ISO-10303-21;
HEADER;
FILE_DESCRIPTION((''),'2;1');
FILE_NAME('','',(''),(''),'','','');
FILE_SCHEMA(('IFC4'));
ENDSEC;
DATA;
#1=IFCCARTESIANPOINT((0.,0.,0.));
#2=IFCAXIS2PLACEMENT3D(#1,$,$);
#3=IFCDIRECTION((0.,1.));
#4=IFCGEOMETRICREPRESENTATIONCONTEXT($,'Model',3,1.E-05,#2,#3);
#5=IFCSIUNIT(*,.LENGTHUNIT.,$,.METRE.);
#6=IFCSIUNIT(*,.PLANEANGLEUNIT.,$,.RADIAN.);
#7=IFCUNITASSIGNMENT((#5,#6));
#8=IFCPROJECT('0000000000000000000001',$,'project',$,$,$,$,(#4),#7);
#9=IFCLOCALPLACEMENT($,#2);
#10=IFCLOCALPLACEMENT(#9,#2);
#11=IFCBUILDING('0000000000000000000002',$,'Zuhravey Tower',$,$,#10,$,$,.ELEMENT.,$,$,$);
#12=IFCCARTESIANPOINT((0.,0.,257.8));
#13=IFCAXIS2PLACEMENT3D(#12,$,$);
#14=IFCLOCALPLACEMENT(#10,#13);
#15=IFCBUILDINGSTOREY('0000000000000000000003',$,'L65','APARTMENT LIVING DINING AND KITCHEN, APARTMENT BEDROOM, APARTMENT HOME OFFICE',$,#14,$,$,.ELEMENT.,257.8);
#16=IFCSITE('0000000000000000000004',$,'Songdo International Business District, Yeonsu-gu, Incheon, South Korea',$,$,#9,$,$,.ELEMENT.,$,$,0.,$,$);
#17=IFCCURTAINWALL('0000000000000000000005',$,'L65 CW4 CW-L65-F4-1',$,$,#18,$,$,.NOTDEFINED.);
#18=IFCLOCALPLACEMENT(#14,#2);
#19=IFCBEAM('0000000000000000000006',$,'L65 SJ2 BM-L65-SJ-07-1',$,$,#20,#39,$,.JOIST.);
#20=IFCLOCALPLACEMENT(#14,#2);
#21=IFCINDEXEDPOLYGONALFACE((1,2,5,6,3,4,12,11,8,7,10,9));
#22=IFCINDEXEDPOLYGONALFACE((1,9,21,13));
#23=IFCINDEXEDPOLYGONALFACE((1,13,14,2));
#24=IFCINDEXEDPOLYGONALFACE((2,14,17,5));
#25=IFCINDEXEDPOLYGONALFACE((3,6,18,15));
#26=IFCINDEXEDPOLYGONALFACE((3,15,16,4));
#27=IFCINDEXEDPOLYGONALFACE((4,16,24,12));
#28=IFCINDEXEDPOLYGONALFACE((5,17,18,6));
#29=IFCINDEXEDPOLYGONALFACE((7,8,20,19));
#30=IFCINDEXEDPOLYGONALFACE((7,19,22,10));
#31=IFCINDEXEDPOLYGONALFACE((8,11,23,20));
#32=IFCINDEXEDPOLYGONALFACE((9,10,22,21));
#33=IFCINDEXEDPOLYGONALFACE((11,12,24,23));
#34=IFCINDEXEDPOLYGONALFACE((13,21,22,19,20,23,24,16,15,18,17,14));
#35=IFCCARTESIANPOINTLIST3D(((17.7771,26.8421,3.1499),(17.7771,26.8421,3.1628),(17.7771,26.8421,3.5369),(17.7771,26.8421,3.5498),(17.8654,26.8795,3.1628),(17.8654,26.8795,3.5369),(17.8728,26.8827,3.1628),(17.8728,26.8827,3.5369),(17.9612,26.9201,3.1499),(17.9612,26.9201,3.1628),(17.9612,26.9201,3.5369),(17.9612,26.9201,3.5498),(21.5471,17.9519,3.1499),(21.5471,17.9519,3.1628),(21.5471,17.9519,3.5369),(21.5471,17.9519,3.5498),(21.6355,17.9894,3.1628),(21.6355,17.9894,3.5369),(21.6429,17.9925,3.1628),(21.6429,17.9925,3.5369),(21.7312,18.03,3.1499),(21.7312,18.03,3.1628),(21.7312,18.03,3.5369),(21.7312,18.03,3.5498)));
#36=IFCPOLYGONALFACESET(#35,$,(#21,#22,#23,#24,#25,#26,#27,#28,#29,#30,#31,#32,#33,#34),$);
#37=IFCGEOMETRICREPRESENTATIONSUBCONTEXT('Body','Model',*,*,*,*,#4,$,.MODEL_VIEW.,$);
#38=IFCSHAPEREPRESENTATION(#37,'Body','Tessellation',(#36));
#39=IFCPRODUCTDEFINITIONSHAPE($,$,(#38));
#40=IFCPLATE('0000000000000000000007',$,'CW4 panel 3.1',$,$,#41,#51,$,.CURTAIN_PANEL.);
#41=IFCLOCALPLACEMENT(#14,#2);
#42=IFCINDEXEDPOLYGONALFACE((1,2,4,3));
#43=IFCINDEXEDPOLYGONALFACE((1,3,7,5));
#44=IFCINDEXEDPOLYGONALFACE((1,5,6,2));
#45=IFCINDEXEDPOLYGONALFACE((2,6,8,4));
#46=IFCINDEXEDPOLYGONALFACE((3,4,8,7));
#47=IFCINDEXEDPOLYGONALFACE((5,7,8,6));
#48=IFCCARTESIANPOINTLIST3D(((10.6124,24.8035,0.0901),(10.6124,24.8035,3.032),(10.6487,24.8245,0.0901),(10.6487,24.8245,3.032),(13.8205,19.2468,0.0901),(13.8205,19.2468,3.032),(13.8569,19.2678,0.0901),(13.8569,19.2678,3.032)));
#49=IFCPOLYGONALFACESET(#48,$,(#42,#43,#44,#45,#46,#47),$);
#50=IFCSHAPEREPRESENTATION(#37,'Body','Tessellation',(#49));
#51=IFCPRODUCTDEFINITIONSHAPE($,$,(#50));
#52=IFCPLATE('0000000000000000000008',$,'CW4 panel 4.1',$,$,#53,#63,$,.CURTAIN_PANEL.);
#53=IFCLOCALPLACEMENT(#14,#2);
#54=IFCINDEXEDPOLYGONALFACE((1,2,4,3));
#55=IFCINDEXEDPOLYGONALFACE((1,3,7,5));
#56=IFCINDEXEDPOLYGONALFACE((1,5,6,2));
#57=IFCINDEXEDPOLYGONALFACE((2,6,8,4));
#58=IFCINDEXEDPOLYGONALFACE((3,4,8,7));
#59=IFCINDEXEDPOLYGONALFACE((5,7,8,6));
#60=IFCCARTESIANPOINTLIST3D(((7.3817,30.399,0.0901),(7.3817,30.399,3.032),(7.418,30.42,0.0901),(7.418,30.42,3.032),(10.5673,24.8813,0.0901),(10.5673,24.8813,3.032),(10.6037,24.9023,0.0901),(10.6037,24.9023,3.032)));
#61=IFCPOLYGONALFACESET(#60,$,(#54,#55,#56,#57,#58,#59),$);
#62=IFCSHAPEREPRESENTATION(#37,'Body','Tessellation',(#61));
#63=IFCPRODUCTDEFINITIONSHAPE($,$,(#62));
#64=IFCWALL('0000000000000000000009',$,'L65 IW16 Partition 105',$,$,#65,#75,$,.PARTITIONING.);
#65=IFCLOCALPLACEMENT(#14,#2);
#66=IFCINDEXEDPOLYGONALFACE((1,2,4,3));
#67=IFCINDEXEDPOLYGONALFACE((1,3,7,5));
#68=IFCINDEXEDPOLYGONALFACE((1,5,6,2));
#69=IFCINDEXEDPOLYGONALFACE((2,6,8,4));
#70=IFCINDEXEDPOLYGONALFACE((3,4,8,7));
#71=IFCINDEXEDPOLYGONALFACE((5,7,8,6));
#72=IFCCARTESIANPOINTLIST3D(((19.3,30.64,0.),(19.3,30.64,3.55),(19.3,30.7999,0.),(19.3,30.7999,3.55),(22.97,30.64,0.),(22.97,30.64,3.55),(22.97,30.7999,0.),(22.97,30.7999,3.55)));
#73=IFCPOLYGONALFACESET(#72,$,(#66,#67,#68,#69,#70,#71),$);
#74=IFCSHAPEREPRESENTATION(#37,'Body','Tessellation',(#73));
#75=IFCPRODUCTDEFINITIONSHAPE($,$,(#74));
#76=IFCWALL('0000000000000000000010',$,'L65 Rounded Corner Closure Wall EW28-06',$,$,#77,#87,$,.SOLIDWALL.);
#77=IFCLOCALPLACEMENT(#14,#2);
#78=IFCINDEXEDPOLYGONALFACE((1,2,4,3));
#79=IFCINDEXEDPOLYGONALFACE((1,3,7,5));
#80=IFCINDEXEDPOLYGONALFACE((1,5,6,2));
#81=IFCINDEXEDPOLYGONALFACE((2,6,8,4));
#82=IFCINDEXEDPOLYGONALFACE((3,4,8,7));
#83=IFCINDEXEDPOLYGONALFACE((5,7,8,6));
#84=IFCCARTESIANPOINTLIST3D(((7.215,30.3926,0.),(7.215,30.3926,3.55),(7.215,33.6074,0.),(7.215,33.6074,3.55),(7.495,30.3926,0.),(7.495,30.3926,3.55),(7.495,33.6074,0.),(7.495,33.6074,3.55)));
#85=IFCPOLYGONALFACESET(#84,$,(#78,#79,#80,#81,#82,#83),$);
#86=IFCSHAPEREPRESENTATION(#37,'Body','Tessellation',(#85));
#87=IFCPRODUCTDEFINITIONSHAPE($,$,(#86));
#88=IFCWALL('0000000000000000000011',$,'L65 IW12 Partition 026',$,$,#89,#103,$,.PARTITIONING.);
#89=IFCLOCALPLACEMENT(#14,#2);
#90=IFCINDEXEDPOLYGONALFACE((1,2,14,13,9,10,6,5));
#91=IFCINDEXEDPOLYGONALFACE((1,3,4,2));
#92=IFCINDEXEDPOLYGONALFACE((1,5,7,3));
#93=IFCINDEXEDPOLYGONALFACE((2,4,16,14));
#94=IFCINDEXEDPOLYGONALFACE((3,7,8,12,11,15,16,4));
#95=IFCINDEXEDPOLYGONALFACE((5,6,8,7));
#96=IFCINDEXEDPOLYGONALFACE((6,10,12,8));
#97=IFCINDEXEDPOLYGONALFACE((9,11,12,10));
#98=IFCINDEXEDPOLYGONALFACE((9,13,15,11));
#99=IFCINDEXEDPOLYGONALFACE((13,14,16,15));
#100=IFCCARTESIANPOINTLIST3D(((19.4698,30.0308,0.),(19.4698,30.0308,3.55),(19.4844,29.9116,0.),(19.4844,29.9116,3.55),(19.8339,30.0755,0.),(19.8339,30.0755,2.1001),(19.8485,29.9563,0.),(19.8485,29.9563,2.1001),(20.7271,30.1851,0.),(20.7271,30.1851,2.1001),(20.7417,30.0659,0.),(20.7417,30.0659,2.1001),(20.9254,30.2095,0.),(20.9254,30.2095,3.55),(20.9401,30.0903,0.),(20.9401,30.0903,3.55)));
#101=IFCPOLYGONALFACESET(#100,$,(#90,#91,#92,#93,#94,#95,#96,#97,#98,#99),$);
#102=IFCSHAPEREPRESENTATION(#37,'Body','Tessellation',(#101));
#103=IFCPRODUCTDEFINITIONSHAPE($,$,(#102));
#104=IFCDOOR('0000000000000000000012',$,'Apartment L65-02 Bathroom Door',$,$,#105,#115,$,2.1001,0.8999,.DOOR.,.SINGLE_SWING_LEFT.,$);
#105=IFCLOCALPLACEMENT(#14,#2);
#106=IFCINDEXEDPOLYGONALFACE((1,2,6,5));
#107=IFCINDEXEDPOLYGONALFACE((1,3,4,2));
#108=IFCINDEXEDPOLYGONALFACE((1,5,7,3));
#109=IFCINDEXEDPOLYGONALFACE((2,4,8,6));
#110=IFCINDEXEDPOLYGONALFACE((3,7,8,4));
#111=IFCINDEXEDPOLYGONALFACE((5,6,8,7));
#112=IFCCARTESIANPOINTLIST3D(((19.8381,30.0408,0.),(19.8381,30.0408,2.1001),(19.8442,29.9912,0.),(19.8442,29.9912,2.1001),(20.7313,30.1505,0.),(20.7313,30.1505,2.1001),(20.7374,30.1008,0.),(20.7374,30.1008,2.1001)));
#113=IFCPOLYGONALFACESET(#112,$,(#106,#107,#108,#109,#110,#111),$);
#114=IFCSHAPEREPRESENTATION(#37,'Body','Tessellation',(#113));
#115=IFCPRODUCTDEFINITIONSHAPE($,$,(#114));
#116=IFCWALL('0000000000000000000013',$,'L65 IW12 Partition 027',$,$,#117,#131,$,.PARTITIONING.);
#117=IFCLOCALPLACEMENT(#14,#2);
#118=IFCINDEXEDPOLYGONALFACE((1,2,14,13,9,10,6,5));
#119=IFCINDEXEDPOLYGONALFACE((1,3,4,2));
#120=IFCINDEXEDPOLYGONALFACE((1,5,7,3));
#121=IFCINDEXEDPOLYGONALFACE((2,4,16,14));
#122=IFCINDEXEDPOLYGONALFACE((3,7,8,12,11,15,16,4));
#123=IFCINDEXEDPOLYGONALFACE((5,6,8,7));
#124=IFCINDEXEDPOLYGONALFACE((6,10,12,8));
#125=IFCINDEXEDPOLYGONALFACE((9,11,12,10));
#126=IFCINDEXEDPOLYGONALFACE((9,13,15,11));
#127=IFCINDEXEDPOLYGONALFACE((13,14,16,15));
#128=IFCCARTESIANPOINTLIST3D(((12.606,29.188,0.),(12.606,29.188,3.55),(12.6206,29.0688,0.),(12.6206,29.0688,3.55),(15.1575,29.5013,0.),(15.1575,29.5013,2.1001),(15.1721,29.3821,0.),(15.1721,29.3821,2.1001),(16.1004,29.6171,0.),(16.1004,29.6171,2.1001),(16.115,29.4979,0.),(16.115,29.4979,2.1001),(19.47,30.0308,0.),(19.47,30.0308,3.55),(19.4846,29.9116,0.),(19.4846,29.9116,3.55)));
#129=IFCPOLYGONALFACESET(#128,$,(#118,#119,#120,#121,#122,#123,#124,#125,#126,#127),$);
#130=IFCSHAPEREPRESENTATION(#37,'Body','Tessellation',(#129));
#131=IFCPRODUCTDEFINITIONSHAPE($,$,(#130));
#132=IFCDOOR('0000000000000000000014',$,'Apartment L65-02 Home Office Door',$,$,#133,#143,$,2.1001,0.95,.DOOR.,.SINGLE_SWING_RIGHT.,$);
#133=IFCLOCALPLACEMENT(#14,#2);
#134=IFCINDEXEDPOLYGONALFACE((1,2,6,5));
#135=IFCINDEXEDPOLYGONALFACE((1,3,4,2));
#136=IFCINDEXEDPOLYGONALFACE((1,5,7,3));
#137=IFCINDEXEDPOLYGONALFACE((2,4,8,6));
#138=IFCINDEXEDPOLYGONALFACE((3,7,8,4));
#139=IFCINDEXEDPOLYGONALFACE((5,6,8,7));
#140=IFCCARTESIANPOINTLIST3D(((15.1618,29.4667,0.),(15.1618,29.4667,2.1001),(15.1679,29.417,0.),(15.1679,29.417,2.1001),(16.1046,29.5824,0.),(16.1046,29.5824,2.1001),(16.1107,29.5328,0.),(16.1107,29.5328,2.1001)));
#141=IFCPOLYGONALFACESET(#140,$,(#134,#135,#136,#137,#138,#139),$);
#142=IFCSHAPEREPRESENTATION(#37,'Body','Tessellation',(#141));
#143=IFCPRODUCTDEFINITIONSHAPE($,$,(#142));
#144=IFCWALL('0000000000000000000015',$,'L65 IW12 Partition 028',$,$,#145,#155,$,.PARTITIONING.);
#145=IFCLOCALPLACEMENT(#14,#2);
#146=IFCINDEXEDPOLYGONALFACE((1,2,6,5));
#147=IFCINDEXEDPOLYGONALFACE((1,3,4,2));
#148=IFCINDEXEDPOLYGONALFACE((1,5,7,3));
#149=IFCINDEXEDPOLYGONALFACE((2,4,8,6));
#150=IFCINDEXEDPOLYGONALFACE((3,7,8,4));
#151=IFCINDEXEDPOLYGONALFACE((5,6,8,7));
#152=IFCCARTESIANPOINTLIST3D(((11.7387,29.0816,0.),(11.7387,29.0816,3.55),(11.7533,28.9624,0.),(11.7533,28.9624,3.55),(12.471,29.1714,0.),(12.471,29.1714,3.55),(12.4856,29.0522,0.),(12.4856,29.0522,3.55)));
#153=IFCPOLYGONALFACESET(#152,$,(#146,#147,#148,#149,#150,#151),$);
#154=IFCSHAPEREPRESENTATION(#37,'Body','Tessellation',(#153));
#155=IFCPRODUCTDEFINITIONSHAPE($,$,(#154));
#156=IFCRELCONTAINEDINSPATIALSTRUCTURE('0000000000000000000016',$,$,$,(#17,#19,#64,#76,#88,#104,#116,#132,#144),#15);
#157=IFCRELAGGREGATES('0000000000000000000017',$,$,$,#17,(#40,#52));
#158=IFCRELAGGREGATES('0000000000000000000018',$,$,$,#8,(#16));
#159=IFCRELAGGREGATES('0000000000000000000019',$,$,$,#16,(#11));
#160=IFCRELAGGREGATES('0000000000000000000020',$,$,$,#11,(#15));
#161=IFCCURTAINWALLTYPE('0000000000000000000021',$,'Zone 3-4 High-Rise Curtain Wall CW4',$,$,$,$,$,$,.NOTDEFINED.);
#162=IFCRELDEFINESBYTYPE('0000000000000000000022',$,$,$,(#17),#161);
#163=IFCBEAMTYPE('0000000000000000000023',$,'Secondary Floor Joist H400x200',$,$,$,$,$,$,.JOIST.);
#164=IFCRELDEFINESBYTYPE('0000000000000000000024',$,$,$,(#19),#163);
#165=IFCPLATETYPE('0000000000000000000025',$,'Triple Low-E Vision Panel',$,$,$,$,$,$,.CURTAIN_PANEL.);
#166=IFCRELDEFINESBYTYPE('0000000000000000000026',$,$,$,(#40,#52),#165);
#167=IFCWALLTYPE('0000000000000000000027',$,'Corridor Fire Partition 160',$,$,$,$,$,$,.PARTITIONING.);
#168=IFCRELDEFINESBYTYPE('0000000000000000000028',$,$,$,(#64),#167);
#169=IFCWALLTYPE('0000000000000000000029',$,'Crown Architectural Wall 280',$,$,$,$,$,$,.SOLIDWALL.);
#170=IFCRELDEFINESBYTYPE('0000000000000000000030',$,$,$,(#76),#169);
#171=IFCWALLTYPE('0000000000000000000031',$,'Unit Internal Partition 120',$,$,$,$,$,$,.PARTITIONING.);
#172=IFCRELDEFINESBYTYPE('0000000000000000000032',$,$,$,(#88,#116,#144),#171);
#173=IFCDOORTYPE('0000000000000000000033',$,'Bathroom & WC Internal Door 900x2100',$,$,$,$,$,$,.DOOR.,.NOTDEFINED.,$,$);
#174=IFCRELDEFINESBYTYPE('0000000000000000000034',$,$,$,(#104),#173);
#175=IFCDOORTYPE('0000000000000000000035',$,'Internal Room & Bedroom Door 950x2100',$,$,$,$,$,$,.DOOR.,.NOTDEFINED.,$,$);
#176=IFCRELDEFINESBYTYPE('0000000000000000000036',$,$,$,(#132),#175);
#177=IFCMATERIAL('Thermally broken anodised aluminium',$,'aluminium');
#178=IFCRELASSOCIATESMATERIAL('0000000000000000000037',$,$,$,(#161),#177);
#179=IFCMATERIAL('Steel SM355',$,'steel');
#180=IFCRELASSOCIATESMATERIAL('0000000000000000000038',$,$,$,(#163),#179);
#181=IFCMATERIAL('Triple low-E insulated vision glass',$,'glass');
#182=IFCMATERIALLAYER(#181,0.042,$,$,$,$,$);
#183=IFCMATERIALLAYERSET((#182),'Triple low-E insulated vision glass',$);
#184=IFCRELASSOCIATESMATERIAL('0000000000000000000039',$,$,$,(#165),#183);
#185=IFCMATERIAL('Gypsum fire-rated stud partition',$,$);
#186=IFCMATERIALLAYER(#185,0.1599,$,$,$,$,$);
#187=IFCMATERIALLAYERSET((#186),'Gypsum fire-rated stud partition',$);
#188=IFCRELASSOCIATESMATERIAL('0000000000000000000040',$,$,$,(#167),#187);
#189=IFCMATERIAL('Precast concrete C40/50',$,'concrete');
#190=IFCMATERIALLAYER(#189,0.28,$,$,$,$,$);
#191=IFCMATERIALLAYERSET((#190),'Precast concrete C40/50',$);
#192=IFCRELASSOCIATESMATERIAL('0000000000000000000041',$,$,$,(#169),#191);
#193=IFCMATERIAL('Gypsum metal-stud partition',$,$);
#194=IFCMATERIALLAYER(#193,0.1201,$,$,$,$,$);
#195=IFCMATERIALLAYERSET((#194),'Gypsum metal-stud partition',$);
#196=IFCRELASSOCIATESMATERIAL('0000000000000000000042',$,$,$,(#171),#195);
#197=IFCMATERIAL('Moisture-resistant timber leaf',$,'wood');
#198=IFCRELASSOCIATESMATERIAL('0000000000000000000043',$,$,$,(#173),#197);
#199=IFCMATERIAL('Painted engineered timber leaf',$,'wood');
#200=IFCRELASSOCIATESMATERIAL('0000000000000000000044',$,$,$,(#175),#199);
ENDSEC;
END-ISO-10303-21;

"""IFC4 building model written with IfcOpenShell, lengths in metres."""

from ifc_helpers import new_model, si_unit, direction, frame, frame_2d, origin, origin_2d, place, context, subcontext, project, spatial, rectangle, i_section, extrude, material, layer, layer_set, material_profile, profile_set, type_object, element, fill, aggregate, save


model = new_model("IFC4")

# Units and contexts
model_context = context("Model", 3, precision=1e-05, world=origin(), true_north=direction((0.0, 1.0)))
body_context = subcontext(model_context, "Body", "Model", "MODEL_VIEW")
ifc_project = project(units=[si_unit("LENGTHUNIT", "METRE"), si_unit("PLANEANGLEUNIT", "RADIAN")], contexts=[model_context])

# Site, building, storey
site_placement = place(None, origin())
site = spatial("IfcSite", under=ifc_project, at=site_placement, Name="Songdo International Business District, Yeonsu-gu, Incheon, South Korea", CompositionType="ELEMENT", RefElevation=0.0)
building_placement = place(site_placement, origin())
building = spatial("IfcBuilding", under=site, at=building_placement, Name="Zuhravey Tower", CompositionType="ELEMENT")
storey_placement = place(building_placement, frame((0.0, 0.0, 257.8)))
storey = spatial("IfcBuildingStorey", under=building, at=storey_placement, Name="L65", Description="APARTMENT LIVING DINING AND KITCHEN, APARTMENT BEDROOM, APARTMENT HOME OFFICE", CompositionType="ELEMENT", Elevation=257.8)

# Curtain wall
ifc_material_1 = material(Name="Thermally broken anodised aluminium", Category="aluminium")
curtain_wall_type = type_object("IfcCurtainWallType", Name="Zone 3-4 High-Rise Curtain Wall CW4", PredefinedType="NOTDEFINED", material=ifc_material_1)
curtain_wall_placement = place(storey_placement, origin())
curtain_wall = element("IfcCurtainWall", 1, at=curtain_wall_placement, inside=storey, type_object=curtain_wall_type, Name="L65 CW4 CW-L65-F4-1", PredefinedType="NOTDEFINED")

# Beam
ifc_material_2 = material(Name="Steel SM355", Category="steel")
ifc_material_profile_1 = material_profile(ifc_material_2, i_section(OverallWidth=0.2, OverallDepth=0.3999, WebThickness=0.0081, FlangeThickness=0.0129, at=origin_2d()), Name="H-400x200x8x13")
ifc_profile_set_1 = profile_set([ifc_material_profile_1], Name="Steel SM355")
beam_type_1 = type_object("IfcBeamType", Name="Secondary Floor Joist H400x200", PredefinedType="JOIST", material=ifc_profile_set_1)
beam_1_placement = place(storey_placement, frame((17.8691, 26.8811, 3.3499), z_axis=(0.390413, -0.92064, 0.0), x_axis=(0.92064, 0.390413, 0.0)))
element("IfcBeam", 2, at=beam_1_placement, inside=storey, type_object=beam_type_1, Name="L65 SJ2 BM-L65-SJ-07-1", PredefinedType="JOIST", context=body_context, shape_type="SweptSolid", body=[
    extrude(i_section(OverallWidth=0.2, OverallDepth=0.3999, WebThickness=0.0081, FlangeThickness=0.0129, at=origin_2d()), origin(), (0.0, 0.0, 1.0), 9.6565),
])

# Plates
ifc_material_3 = material(Name="Triple low-E insulated vision glass", Category="glass")
ifc_layer_1 = layer(ifc_material_3, 0.042)
ifc_layer_set_1 = layer_set([ifc_layer_1], Name="Triple low-E insulated vision glass")
plate_type = type_object("IfcPlateType", Name="Triple Low-E Vision Panel", PredefinedType="CURTAIN_PANEL", material=ifc_layer_set_1)
plate_1_placement = place(storey_placement, frame((12.2346, 22.0356, 0.0901), z_axis=(0.0, 0.0, 1.0), x_axis=(-0.500001, 0.866025, 0.0)))
plate_1 = element("IfcPlate", 3, at=plate_1_placement, type_object=plate_type, Name="CW4 panel 3.1", PredefinedType="CURTAIN_PANEL", context=body_context, shape_type="SweptSolid", body=[
    extrude(rectangle(XDim=6.4163, YDim=0.042, at=origin_2d()), origin(), (0.0, 0.0, 1.0), 2.9419),
])
plate_2_placement = place(storey_placement, frame((8.9927, 27.6506, 0.0901), z_axis=(0.0, 0.0, 1.0), x_axis=(-0.500001, 0.866025, 0.0)))
plate_2 = element("IfcPlate", 4, at=plate_2_placement, type_object=plate_type, Name="CW4 panel 4.1", PredefinedType="CURTAIN_PANEL", context=body_context, shape_type="SweptSolid", body=[
    extrude(rectangle(XDim=6.3713, YDim=0.042, at=origin_2d()), origin(), (0.0, 0.0, 1.0), 2.9419),
])
aggregate(curtain_wall, [plate_1, plate_2])

# Walls
ifc_material_4 = material(Name="Gypsum fire-rated stud partition")
ifc_layer_2 = layer(ifc_material_4, 0.1599)
ifc_layer_set_2 = layer_set([ifc_layer_2], Name="Gypsum fire-rated stud partition")
wall_type_1 = type_object("IfcWallType", Name="Corridor Fire Partition 160", PredefinedType="PARTITIONING", material=ifc_layer_set_2)
wall_1_placement = place(storey_placement, frame((19.3, 30.72, 0.0), z_axis=(0.0, 0.0, 1.0), x_axis=(1.0, 0.0, 0.0)))
element("IfcWall", 5, at=wall_1_placement, inside=storey, type_object=wall_type_1, Name="L65 IW16 Partition 105", PredefinedType="PARTITIONING", context=body_context, shape_type="SweptSolid", body=[
    extrude(rectangle(XDim=3.6699, YDim=0.1599, at=frame_2d((1.835, 0.0))), origin(), (0.0, 0.0, 1.0), 3.55),
])
ifc_material_5 = material(Name="Precast concrete C40/50", Category="concrete")
ifc_layer_3 = layer(ifc_material_5, 0.28)
ifc_layer_set_3 = layer_set([ifc_layer_3], Name="Precast concrete C40/50")
wall_type_2 = type_object("IfcWallType", Name="Crown Architectural Wall 280", PredefinedType="SOLIDWALL", material=ifc_layer_set_3)
wall_2_placement = place(storey_placement, frame((7.355, 30.3926, 0.0), z_axis=(0.0, 0.0, 1.0), x_axis=(0.0, 1.0, 0.0)))
element("IfcWall", 6, at=wall_2_placement, inside=storey, type_object=wall_type_2, Name="L65 Rounded Corner Closure Wall EW28-06", PredefinedType="SOLIDWALL", context=body_context, shape_type="SweptSolid", body=[
    extrude(rectangle(XDim=3.2148, YDim=0.28, at=frame_2d((1.6074, 0.0))), origin(), (0.0, 0.0, 1.0), 3.55),
])

# Walls, openings, doors
ifc_material_6 = material(Name="Gypsum metal-stud partition")
ifc_layer_4 = layer(ifc_material_6, 0.1201)
ifc_layer_set_4 = layer_set([ifc_layer_4], Name="Gypsum metal-stud partition")
wall_type_3 = type_object("IfcWallType", Name="Unit Internal Partition 120", PredefinedType="PARTITIONING", material=ifc_layer_set_4)
wall_3_placement = place(storey_placement, frame((20.9329, 30.1499, 0.0), z_axis=(0.0, 0.0, 1.0), x_axis=(-0.992547, -0.121863, 0.0)))
wall_3 = element("IfcWall", 7, at=wall_3_placement, inside=storey, type_object=wall_type_3, Name="L65 IW12 Partition 026", PredefinedType="PARTITIONING", context=body_context, shape_type="SweptSolid", body=[
    extrude(rectangle(XDim=1.4666, YDim=0.1201, at=frame_2d((0.7334, 0.0))), origin(), (0.0, 0.0, 1.0), 3.55),
])
opening_1_placement = place(wall_3_placement, frame((0.2, 0.0, 0.0)))
opening_1 = element("IfcOpeningElement", 8, at=opening_1_placement, cuts=wall_3, PredefinedType="OPENING", context=body_context, shape_type="SweptSolid", body=[
    extrude(rectangle(XDim=0.8999, YDim=2.1001, at=frame_2d((0.45, 1.05))), frame((0.0, 0.072, 0.0), z_axis=(0.0, -1.0, 0.0), x_axis=(1.0, 0.0, 0.0)), (0.0, 0.0, 1.0), 0.144),
])
ifc_material_7 = material(Name="Moisture-resistant timber leaf", Category="wood")
door_type_1 = type_object("IfcDoorType", Name="Bathroom & WC Internal Door 900x2100", OperationType="NOTDEFINED", PredefinedType="DOOR", material=ifc_material_7)
door_1_placement = place(opening_1_placement, origin())
door_1 = element("IfcDoor", 9, at=door_1_placement, inside=storey, type_object=door_type_1, Name="Apartment L65-02 Bathroom Door", OperationType="SINGLE_SWING_LEFT", OverallHeight=2.1001, OverallWidth=0.8999, PredefinedType="DOOR", context=body_context, shape_type="SweptSolid", body=[
    extrude(rectangle(XDim=0.8999, YDim=2.1001, at=frame_2d((0.45, 1.05))), frame((0.0, 0.0249, 0.0), z_axis=(0.0, -1.0, 0.0), x_axis=(1.0, 0.0, 0.0)), (0.0, 0.0, 1.0), 0.05),
])
fill(opening_1, door_1)
wall_4_placement = place(storey_placement, frame((19.4773, 29.9712, 0.0), z_axis=(0.0, 0.0, 1.0), x_axis=(-0.992547, -0.121866, 0.0)))
wall_4 = element("IfcWall", 10, at=wall_4_placement, inside=storey, type_object=wall_type_3, Name="L65 IW12 Partition 027", PredefinedType="PARTITIONING", context=body_context, shape_type="SweptSolid", body=[
    extrude(rectangle(XDim=6.9155, YDim=0.1201, at=frame_2d((3.4578, 0.0))), origin(), (0.0, 0.0, 1.0), 3.55),
])
opening_2_placement = place(wall_4_placement, frame((3.3948, 0.0, 0.0)))
opening_2 = element("IfcOpeningElement", 11, at=opening_2_placement, cuts=wall_4, PredefinedType="OPENING", context=body_context, shape_type="SweptSolid", body=[
    extrude(rectangle(XDim=0.95, YDim=2.1001, at=frame_2d((0.4751, 1.05))), frame((0.0, 0.072, 0.0), z_axis=(0.0, -1.0, 0.0), x_axis=(1.0, 0.0, 0.0)), (0.0, 0.0, 1.0), 0.144),
])
ifc_material_8 = material(Name="Painted engineered timber leaf", Category="wood")
door_type_2 = type_object("IfcDoorType", Name="Internal Room & Bedroom Door 950x2100", OperationType="NOTDEFINED", PredefinedType="DOOR", material=ifc_material_8)
door_2_placement = place(opening_2_placement, origin())
door_2 = element("IfcDoor", 12, at=door_2_placement, inside=storey, type_object=door_type_2, Name="Apartment L65-02 Home Office Door", OperationType="SINGLE_SWING_RIGHT", OverallHeight=2.1001, OverallWidth=0.95, PredefinedType="DOOR", context=body_context, shape_type="SweptSolid", body=[
    extrude(rectangle(XDim=0.95, YDim=2.1001, at=frame_2d((0.4751, 1.05))), frame((0.0, 0.0249, 0.0), z_axis=(0.0, -1.0, 0.0), x_axis=(1.0, 0.0, 0.0)), (0.0, 0.0, 1.0), 0.05),
])
fill(opening_2, door_2)

# Wall
wall_5_placement = place(storey_placement, frame((12.4783, 29.1118, 0.0), z_axis=(0.0, 0.0, 1.0), x_axis=(-0.99256, -0.121754, 0.0)))
element("IfcWall", 13, at=wall_5_placement, inside=storey, type_object=wall_type_3, Name="L65 IW12 Partition 028", PredefinedType="PARTITIONING", context=body_context, shape_type="SweptSolid", body=[
    extrude(rectangle(XDim=0.7378, YDim=0.1201, at=frame_2d((0.3689, 0.0))), origin(), (0.0, 0.0, 1.0), 3.55),
])

save(model, "model.ifc")
